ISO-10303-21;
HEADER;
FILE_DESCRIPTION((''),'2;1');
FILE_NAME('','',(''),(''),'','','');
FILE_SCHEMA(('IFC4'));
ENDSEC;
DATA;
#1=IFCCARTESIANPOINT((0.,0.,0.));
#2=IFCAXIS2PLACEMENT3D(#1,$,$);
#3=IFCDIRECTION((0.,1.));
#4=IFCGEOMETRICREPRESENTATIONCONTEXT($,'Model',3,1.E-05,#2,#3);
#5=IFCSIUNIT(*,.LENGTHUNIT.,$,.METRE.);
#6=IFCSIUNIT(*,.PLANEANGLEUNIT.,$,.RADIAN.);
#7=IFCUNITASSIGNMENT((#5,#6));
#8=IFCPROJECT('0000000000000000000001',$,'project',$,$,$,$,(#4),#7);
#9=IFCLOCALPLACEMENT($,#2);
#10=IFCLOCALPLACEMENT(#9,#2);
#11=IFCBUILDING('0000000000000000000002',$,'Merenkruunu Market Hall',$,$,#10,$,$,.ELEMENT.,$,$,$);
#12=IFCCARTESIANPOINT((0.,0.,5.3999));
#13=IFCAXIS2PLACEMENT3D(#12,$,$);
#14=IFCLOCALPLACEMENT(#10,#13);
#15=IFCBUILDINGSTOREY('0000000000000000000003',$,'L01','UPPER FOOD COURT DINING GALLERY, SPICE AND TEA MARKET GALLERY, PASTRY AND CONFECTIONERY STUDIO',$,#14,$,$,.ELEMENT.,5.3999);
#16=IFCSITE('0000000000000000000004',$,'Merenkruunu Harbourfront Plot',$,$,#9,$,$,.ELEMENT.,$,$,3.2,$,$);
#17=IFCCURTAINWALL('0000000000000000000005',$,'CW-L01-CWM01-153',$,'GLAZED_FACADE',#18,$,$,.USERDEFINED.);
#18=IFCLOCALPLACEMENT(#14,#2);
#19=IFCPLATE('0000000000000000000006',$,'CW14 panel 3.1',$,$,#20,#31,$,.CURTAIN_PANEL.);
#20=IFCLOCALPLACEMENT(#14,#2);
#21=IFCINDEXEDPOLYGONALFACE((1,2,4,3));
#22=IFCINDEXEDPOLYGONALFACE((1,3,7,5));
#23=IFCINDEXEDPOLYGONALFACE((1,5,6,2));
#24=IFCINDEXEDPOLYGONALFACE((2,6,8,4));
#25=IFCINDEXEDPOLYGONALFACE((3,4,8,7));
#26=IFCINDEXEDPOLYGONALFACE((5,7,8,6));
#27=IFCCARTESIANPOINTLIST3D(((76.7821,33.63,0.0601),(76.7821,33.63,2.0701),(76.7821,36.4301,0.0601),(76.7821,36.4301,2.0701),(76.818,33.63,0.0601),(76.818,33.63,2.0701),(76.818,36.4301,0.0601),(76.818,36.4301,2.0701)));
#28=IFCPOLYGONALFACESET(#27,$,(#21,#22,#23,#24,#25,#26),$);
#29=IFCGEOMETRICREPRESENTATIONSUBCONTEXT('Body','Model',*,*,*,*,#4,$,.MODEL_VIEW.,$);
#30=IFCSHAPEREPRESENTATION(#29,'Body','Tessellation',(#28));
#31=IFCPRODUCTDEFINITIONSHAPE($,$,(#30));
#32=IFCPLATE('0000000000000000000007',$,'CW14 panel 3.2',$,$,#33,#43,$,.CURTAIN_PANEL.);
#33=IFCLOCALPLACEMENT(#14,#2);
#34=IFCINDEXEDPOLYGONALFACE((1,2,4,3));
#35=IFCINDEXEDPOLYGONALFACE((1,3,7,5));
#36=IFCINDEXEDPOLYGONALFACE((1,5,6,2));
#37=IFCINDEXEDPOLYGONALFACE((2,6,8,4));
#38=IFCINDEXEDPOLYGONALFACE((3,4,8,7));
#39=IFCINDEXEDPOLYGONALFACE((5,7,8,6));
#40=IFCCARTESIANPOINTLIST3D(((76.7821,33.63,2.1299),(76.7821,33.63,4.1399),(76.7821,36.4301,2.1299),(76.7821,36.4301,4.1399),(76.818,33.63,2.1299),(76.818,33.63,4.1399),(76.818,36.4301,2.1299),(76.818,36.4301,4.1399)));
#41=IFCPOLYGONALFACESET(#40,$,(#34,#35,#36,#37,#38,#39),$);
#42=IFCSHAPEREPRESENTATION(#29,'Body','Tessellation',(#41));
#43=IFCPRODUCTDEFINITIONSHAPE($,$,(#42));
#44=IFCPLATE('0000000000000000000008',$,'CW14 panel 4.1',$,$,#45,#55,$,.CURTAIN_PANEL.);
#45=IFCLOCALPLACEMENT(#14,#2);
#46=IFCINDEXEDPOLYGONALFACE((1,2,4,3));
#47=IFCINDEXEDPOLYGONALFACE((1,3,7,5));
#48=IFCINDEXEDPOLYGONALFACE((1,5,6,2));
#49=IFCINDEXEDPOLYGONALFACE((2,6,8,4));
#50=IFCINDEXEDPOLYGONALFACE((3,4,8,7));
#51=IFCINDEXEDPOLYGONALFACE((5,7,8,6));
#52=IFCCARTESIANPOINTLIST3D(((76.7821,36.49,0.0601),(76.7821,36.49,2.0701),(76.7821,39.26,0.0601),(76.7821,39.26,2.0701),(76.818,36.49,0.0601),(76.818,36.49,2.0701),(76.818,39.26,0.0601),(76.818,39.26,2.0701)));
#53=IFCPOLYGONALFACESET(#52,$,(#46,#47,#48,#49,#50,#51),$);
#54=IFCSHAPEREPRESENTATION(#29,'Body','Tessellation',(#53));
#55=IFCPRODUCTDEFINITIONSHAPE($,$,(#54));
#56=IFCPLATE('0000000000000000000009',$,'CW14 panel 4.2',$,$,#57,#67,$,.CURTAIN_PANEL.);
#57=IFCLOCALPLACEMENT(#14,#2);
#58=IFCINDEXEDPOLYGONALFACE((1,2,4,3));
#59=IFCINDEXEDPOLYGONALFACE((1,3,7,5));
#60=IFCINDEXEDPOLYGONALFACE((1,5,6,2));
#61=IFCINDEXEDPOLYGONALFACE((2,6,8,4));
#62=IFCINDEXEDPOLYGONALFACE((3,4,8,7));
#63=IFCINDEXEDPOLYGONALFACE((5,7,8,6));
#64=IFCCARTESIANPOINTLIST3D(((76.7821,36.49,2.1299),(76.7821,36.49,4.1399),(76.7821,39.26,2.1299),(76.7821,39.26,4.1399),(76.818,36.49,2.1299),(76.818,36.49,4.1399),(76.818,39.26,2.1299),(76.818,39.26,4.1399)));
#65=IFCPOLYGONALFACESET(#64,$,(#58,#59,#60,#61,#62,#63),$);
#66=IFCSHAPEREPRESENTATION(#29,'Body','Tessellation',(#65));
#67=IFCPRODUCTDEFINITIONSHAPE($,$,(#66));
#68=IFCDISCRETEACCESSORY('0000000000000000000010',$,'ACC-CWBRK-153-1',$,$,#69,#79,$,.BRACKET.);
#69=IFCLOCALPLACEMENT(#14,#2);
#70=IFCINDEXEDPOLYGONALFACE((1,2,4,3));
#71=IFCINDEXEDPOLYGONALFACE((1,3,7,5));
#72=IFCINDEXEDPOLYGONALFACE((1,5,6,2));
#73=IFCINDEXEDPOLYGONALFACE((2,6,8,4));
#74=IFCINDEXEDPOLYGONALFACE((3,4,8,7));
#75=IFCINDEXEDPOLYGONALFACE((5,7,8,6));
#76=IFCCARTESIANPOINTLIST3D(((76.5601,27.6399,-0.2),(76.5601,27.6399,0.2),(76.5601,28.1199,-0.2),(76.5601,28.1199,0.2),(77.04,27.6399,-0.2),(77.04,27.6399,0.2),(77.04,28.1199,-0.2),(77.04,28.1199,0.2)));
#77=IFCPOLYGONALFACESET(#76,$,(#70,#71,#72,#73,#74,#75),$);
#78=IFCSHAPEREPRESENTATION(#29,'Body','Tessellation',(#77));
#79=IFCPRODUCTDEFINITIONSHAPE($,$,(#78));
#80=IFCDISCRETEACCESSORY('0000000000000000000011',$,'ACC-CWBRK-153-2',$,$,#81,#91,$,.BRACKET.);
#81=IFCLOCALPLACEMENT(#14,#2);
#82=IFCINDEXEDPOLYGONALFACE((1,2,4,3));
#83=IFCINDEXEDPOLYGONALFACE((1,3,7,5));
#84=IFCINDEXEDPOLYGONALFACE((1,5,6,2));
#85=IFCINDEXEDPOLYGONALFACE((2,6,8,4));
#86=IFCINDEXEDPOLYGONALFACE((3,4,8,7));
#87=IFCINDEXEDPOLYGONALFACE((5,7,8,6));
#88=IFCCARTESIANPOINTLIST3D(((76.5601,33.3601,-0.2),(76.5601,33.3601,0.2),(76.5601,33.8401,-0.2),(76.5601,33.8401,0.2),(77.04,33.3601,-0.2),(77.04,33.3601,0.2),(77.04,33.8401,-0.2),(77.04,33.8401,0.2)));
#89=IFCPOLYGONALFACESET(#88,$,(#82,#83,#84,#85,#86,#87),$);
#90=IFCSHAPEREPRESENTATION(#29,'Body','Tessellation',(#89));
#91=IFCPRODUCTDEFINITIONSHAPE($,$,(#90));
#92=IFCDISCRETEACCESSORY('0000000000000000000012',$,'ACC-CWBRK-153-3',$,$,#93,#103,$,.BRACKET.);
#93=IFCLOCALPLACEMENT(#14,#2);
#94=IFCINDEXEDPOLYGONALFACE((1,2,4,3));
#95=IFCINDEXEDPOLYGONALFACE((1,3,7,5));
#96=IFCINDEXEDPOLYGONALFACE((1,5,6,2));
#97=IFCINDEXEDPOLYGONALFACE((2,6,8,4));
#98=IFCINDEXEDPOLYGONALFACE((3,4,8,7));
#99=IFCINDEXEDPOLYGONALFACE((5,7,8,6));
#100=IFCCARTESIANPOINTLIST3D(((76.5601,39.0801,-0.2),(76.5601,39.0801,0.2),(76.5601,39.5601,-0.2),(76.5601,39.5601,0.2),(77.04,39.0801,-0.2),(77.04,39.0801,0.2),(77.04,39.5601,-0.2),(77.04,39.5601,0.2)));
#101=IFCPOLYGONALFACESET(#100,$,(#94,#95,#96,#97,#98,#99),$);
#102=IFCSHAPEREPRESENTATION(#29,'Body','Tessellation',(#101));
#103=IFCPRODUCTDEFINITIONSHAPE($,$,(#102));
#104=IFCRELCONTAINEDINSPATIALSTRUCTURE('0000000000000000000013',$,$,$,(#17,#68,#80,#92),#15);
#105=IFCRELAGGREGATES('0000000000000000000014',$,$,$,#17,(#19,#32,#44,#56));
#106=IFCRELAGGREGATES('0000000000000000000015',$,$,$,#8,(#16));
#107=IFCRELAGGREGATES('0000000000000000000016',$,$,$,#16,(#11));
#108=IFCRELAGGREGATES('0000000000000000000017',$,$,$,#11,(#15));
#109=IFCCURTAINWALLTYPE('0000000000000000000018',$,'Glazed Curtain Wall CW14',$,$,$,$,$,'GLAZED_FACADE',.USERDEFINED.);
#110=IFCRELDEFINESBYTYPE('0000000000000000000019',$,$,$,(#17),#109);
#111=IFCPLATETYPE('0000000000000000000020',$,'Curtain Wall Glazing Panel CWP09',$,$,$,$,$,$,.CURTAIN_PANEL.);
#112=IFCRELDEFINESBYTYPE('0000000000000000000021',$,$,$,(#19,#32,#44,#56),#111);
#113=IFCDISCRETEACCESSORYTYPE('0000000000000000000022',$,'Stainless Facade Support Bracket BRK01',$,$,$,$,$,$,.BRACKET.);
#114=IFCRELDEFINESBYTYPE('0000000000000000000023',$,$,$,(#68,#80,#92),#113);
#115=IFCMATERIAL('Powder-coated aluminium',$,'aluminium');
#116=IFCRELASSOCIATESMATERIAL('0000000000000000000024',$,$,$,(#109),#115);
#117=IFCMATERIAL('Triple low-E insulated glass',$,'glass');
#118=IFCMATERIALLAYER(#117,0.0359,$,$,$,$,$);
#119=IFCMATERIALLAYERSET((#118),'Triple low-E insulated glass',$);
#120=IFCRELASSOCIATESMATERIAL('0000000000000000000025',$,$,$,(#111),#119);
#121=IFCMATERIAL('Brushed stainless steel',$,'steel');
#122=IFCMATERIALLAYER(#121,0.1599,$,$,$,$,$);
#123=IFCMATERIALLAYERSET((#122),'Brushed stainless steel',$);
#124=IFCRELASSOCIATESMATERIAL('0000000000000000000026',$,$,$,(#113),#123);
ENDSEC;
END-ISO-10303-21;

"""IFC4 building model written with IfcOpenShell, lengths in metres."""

from ifc_helpers import new_model, si_unit, direction, frame, origin, origin_2d, place, context, subcontext, project, spatial, rectangle, extrude, material, layer, layer_set, type_object, element, aggregate, save


model = new_model("IFC4")

# Units and contexts
model_context = context("Model", 3, precision=1e-05, world=origin(), true_north=direction((0.0, 1.0)))
body_context = subcontext(model_context, "Body", "Model", "MODEL_VIEW")
ifc_project = project(units=[si_unit("LENGTHUNIT", "METRE"), si_unit("PLANEANGLEUNIT", "RADIAN")], contexts=[model_context])

# Site, building, storey
site_placement = place(None, origin())
site = spatial("IfcSite", under=ifc_project, at=site_placement, Name="Merenkruunu Harbourfront Plot", CompositionType="ELEMENT", RefElevation=3.2)
building_placement = place(site_placement, origin())
building = spatial("IfcBuilding", under=site, at=building_placement, Name="Merenkruunu Market Hall", CompositionType="ELEMENT")
storey_placement = place(building_placement, frame((0.0, 0.0, 5.3999)))
storey = spatial("IfcBuildingStorey", under=building, at=storey_placement, Name="L01", Description="UPPER FOOD COURT DINING GALLERY, SPICE AND TEA MARKET GALLERY, PASTRY AND CONFECTIONERY STUDIO", CompositionType="ELEMENT", Elevation=5.3999)

# Curtain wall
ifc_material_1 = material(Name="Powder-coated aluminium", Category="aluminium")
curtain_wall_type = type_object("IfcCurtainWallType", Name="Glazed Curtain Wall CW14", ElementType="GLAZED_FACADE", PredefinedType="USERDEFINED", material=ifc_material_1)
curtain_wall_placement = place(storey_placement, origin())
curtain_wall = element("IfcCurtainWall", 1, at=curtain_wall_placement, inside=storey, type_object=curtain_wall_type, Name="CW-L01-CWM01-153", ObjectType="GLAZED_FACADE", PredefinedType="USERDEFINED")

# Plates
ifc_material_2 = material(Name="Triple low-E insulated glass", Category="glass")
ifc_layer_1 = layer(ifc_material_2, 0.0359)
ifc_layer_set_1 = layer_set([ifc_layer_1], Name="Triple low-E insulated glass")
plate_type = type_object("IfcPlateType", Name="Curtain Wall Glazing Panel CWP09", PredefinedType="CURTAIN_PANEL", material=ifc_layer_set_1)
plate_1_placement = place(storey_placement, frame((76.8, 35.03, 0.0601), z_axis=(0.0, 0.0, 1.0), x_axis=(0.0, 1.0, 0.0)))
plate_1 = element("IfcPlate", 2, at=plate_1_placement, type_object=plate_type, Name="CW14 panel 3.1", PredefinedType="CURTAIN_PANEL", context=body_context, shape_type="SweptSolid", body=[
    extrude(rectangle(XDim=2.8, YDim=0.0359, at=origin_2d()), origin(), (0.0, 0.0, 1.0), 2.01),
])
plate_2_placement = place(storey_placement, frame((76.8, 35.03, 2.1299), z_axis=(0.0, 0.0, 1.0), x_axis=(0.0, 1.0, 0.0)))
plate_2 = element("IfcPlate", 3, at=plate_2_placement, type_object=plate_type, Name="CW14 panel 3.2", PredefinedType="CURTAIN_PANEL", context=body_context, shape_type="SweptSolid", body=[
    extrude(rectangle(XDim=2.8, YDim=0.0359, at=origin_2d()), origin(), (0.0, 0.0, 1.0), 2.01),
])
plate_3_placement = place(storey_placement, frame((76.8, 37.875, 0.0601), z_axis=(0.0, 0.0, 1.0), x_axis=(0.0, 1.0, 0.0)))
plate_3 = element("IfcPlate", 4, at=plate_3_placement, type_object=plate_type, Name="CW14 panel 4.1", PredefinedType="CURTAIN_PANEL", context=body_context, shape_type="SweptSolid", body=[
    extrude(rectangle(XDim=2.77, YDim=0.0359, at=origin_2d()), origin(), (0.0, 0.0, 1.0), 2.01),
])
plate_4_placement = place(storey_placement, frame((76.8, 37.875, 2.1299), z_axis=(0.0, 0.0, 1.0), x_axis=(0.0, 1.0, 0.0)))
plate_4 = element("IfcPlate", 5, at=plate_4_placement, type_object=plate_type, Name="CW14 panel 4.2", PredefinedType="CURTAIN_PANEL", context=body_context, shape_type="SweptSolid", body=[
    extrude(rectangle(XDim=2.77, YDim=0.0359, at=origin_2d()), origin(), (0.0, 0.0, 1.0), 2.01),
])
aggregate(curtain_wall, [plate_1, plate_2, plate_3, plate_4])

# Shared definitions
ifc_material_3 = material(Name="Brushed stainless steel", Category="steel")

# Discrete accessories
ifc_layer_2 = layer(ifc_material_3, 0.1599)
ifc_layer_set_2 = layer_set([ifc_layer_2], Name="Brushed stainless steel")
discrete_accessory_type = type_object("IfcDiscreteAccessoryType", Name="Stainless Facade Support Bracket BRK01", PredefinedType="BRACKET", material=ifc_layer_set_2)
for number, where, z_axis, x_axis, name in (
    (6, (76.8, 27.8799, -0.2), (0.0, 0.0, 1.0), (1.0, 0.0, 0.0), "ACC-CWBRK-153-1"),
    (7, (76.8, 33.6001, -0.2), (0.0, 0.0, 1.0), (1.0, 0.0, 0.0), "ACC-CWBRK-153-2"),
    (8, (76.8, 39.3201, -0.2), (0.0, 0.0, 1.0), (1.0, 0.0, 0.0), "ACC-CWBRK-153-3"),
):
    element("IfcDiscreteAccessory", number, at=place(storey_placement, frame(where, z_axis=z_axis, x_axis=x_axis)), inside=storey, type_object=discrete_accessory_type, Name=name, PredefinedType="BRACKET", context=body_context, shape_type="SweptSolid", body=[
        extrude(rectangle(XDim=0.48, YDim=0.48, at=origin_2d()), origin(), (0.0, 0.0, 1.0), 0.3999),
    ])

save(model, "model.ifc")
